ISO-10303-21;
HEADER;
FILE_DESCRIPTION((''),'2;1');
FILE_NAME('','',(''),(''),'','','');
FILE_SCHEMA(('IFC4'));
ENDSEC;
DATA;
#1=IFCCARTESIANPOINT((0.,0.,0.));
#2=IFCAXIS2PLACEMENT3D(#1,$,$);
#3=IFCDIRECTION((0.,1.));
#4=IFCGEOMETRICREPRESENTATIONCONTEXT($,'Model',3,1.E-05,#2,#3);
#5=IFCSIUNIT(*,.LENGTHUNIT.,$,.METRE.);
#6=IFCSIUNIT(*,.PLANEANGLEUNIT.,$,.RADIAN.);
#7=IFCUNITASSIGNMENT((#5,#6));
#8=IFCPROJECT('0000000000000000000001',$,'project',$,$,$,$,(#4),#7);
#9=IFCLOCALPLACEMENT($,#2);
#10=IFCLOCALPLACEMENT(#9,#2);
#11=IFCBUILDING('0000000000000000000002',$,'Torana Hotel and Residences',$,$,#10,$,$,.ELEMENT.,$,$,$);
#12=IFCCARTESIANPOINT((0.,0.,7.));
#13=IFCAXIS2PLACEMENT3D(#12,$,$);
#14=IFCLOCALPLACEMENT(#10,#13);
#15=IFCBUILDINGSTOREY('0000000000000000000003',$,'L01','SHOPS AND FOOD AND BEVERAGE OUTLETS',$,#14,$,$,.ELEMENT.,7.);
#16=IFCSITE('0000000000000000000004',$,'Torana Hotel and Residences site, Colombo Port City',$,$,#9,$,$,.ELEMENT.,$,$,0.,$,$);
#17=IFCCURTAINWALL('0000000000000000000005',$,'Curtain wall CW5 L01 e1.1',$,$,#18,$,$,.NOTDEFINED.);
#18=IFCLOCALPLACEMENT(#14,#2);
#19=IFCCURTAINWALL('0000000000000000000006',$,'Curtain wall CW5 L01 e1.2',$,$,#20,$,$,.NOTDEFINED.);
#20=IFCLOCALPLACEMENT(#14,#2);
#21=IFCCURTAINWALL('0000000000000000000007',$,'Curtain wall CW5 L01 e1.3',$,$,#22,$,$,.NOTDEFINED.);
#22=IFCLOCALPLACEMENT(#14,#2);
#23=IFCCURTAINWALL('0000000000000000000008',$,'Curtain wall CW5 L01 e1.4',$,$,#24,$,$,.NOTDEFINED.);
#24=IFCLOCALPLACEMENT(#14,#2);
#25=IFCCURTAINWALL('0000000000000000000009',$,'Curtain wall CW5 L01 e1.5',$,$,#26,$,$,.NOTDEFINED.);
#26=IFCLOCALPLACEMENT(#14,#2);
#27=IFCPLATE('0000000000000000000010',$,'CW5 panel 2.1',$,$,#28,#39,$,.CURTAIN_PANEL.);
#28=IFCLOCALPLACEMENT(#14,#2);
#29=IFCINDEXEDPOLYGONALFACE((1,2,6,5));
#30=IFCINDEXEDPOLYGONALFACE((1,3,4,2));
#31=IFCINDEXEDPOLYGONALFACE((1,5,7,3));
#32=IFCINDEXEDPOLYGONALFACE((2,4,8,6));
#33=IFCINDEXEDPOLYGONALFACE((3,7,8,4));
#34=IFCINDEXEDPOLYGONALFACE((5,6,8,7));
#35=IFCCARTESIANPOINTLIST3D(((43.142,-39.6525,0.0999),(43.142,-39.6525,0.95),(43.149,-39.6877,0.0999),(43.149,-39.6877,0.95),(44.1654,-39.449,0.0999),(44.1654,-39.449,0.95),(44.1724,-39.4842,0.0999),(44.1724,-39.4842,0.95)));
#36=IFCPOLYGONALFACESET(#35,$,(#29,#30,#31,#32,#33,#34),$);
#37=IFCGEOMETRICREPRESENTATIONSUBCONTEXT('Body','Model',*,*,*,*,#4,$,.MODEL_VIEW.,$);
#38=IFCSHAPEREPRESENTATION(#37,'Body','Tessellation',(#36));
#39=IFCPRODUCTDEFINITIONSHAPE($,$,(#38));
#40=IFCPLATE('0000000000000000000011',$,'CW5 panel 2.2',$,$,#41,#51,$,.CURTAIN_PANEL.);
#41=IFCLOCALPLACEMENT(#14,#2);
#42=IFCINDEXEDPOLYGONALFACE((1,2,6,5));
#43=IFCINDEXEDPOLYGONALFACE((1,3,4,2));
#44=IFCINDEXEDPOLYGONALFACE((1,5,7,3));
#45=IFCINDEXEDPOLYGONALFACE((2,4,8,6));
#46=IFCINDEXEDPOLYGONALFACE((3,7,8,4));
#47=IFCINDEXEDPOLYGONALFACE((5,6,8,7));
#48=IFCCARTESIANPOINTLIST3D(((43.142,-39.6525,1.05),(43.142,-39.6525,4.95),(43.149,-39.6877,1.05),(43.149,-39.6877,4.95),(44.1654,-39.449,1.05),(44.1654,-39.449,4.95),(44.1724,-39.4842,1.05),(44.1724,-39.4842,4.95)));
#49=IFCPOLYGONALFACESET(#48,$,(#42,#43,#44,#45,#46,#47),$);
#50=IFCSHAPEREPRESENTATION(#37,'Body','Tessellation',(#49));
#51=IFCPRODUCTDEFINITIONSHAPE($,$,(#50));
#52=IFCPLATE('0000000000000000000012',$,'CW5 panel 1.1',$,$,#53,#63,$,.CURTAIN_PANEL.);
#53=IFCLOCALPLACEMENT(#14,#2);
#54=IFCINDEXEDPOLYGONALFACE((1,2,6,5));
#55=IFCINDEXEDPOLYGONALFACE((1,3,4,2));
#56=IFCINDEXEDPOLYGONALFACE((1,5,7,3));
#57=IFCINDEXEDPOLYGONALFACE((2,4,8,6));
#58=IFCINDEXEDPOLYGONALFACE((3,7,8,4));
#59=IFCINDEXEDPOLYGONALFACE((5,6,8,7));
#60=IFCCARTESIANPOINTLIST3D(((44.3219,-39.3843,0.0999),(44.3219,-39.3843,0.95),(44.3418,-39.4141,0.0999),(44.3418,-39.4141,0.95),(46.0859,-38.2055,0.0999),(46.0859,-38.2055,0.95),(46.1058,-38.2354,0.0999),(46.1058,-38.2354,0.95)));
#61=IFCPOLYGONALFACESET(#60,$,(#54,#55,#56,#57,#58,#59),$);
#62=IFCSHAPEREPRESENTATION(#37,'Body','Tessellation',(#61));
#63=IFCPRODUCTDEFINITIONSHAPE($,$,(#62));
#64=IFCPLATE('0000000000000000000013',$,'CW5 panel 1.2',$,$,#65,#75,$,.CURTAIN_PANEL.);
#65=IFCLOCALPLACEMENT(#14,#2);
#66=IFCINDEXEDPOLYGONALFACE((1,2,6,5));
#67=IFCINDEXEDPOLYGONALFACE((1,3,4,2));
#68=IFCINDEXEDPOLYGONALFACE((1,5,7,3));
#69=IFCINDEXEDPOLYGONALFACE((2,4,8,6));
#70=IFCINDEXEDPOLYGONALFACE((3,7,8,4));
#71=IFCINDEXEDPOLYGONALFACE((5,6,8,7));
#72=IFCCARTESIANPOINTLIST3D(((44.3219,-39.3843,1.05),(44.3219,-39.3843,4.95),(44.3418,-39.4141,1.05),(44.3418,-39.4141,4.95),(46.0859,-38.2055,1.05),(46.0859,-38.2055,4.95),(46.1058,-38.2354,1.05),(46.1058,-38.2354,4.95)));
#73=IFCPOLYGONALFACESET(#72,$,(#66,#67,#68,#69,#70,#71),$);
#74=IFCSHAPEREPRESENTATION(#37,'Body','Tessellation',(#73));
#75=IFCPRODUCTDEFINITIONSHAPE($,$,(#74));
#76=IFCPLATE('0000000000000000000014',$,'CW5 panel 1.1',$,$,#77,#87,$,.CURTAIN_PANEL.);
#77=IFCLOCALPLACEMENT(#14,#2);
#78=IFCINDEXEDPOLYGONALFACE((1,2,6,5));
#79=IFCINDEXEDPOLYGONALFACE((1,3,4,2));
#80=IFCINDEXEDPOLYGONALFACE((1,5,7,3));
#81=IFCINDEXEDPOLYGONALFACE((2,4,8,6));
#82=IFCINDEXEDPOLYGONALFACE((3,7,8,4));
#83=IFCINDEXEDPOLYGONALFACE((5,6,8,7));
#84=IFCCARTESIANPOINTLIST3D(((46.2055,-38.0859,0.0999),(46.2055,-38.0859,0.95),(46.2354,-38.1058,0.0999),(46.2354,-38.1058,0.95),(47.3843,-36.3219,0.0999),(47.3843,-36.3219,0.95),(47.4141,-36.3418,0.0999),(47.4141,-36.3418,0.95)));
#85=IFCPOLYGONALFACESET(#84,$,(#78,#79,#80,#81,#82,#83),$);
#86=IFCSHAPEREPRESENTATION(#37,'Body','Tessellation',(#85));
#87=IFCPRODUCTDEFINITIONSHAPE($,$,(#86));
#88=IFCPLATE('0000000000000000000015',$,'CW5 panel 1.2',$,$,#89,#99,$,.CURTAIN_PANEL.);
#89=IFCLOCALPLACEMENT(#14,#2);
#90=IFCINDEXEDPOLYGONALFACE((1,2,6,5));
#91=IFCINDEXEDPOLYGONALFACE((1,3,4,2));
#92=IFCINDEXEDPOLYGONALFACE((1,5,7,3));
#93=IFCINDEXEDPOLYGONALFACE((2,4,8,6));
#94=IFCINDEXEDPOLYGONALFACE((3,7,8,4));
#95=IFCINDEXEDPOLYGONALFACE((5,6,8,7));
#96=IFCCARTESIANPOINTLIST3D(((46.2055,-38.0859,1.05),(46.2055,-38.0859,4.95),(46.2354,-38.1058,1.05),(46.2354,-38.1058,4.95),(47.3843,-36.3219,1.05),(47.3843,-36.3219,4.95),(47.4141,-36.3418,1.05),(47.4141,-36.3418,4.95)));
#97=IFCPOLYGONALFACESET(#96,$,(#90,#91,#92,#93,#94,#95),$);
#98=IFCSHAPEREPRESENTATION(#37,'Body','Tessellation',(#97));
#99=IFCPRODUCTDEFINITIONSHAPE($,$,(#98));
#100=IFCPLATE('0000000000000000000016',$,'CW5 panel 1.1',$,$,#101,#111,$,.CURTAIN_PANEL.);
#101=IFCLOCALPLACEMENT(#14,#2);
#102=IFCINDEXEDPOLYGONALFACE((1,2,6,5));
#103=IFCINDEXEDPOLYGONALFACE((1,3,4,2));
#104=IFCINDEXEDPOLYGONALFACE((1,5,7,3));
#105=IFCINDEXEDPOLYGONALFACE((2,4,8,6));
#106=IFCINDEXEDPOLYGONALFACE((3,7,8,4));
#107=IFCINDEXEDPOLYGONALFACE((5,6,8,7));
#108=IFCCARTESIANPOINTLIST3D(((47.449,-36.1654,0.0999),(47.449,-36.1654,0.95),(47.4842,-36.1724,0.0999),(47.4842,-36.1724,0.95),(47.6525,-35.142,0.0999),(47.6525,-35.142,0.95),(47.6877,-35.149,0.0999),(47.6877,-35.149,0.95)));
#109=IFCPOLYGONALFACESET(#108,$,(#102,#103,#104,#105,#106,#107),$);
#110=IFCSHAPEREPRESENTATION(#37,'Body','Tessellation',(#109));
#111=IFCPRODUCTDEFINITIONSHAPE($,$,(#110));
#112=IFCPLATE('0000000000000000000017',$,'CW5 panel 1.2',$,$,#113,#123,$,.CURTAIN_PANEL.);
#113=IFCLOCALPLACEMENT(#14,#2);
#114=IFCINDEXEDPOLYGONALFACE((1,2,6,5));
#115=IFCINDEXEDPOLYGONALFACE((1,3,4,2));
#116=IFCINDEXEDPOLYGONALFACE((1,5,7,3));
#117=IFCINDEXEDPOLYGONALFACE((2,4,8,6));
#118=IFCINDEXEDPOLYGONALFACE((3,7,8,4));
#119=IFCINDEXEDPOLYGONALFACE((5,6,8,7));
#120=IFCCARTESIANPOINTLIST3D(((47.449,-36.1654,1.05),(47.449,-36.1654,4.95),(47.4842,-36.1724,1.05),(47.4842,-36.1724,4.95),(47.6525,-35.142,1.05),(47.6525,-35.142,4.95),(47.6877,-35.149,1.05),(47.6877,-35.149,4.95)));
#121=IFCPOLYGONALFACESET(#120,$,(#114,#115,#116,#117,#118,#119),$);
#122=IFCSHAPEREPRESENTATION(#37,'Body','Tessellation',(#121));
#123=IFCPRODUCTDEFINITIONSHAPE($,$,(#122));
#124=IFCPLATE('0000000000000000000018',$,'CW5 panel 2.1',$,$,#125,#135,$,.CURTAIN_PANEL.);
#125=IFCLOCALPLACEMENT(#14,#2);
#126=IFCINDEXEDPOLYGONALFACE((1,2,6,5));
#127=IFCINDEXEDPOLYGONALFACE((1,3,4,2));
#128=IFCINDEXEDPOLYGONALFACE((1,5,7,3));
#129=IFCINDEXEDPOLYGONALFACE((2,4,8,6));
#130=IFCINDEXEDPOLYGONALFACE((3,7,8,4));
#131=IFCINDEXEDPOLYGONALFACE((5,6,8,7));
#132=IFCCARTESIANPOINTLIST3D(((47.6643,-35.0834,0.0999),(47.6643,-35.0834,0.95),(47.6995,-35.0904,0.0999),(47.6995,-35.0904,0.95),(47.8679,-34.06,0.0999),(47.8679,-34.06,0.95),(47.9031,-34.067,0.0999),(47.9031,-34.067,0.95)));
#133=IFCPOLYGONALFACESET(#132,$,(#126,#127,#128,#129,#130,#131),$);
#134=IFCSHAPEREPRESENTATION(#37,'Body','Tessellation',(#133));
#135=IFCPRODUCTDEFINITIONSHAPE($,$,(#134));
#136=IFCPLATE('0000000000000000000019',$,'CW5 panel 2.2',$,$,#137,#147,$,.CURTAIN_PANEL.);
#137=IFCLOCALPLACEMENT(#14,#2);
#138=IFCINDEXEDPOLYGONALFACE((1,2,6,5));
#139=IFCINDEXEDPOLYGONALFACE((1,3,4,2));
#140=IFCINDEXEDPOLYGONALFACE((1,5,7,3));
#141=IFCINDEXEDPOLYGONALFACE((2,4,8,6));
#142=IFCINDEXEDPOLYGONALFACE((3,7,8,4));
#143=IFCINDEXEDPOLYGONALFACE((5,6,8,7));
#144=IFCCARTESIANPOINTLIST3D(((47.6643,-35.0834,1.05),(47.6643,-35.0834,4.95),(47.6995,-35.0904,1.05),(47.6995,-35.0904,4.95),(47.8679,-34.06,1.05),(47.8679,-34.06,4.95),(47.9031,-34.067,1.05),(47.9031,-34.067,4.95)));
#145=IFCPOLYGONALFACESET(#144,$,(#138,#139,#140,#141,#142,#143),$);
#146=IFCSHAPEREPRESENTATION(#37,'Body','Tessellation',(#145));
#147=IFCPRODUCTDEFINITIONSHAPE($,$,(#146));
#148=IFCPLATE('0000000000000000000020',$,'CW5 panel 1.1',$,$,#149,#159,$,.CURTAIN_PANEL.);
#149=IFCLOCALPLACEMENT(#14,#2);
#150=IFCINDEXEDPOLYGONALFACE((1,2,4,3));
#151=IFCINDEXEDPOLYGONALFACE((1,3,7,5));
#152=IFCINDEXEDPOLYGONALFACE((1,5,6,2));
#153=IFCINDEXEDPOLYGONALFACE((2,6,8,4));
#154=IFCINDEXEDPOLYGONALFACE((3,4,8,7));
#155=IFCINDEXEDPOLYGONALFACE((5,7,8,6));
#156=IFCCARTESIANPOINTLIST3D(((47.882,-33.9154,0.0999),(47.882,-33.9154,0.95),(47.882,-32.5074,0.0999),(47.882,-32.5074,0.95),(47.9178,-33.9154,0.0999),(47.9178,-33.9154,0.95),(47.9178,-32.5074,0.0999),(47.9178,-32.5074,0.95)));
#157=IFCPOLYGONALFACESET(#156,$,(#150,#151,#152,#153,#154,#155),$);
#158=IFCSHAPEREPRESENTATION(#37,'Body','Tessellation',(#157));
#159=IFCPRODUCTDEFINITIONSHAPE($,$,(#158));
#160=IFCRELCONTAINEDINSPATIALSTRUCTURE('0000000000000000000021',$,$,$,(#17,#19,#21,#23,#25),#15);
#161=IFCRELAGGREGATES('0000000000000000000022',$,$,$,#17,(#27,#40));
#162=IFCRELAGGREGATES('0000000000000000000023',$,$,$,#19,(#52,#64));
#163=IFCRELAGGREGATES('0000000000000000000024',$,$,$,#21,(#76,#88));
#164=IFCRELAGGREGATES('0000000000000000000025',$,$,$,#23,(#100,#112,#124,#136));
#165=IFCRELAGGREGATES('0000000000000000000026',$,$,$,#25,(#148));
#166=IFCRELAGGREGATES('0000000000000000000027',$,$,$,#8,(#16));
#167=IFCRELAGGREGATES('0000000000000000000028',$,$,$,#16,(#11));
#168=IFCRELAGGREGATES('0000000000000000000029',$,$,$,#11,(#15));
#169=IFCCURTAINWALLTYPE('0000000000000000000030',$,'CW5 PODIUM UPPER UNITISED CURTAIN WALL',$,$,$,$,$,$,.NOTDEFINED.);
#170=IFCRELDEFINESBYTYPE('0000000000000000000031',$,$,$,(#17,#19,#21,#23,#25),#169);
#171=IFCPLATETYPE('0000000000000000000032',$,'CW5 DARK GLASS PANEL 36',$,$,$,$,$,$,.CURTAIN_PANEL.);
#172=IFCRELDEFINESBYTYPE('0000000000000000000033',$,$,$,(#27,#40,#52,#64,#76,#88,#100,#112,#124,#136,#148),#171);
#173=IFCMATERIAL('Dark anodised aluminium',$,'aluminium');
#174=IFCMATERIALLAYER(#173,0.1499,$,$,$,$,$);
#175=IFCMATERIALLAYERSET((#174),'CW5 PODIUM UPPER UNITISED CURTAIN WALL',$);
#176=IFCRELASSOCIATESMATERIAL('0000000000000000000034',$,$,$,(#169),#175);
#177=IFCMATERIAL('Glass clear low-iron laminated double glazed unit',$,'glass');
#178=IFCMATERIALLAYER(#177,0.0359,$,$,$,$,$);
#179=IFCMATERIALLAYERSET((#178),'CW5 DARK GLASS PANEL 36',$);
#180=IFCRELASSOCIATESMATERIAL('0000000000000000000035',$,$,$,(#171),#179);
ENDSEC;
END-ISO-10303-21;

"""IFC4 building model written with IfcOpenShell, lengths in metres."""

from ifc_helpers import new_model, si_unit, direction, frame, origin, origin_2d, place, context, subcontext, project, spatial, rectangle, extrude, material, layer, layer_set, type_object, element, aggregate, save


model = new_model("IFC4")

# Units and contexts
model_context = context("Model", 3, precision=1e-05, world=origin(), true_north=direction((0.0, 1.0)))
body_context = subcontext(model_context, "Body", "Model", "MODEL_VIEW")
ifc_project = project(units=[si_unit("LENGTHUNIT", "METRE"), si_unit("PLANEANGLEUNIT", "RADIAN")], contexts=[model_context])

# Site, building, storey
site_placement = place(None, origin())
site = spatial("IfcSite", under=ifc_project, at=site_placement, Name="Torana Hotel and Residences site, Colombo Port City", CompositionType="ELEMENT", RefElevation=0.0)
building_placement = place(site_placement, origin())
building = spatial("IfcBuilding", under=site, at=building_placement, Name="Torana Hotel and Residences", CompositionType="ELEMENT")
storey_placement = place(building_placement, frame((0.0, 0.0, 7.0)))
storey = spatial("IfcBuildingStorey", under=building, at=storey_placement, Name="L01", Description="SHOPS AND FOOD AND BEVERAGE OUTLETS", CompositionType="ELEMENT", Elevation=7.0)

# Curtain wall
ifc_material_1 = material(Name="Dark anodised aluminium", Category="aluminium")
ifc_layer_1 = layer(ifc_material_1, 0.1499)
ifc_layer_set_1 = layer_set([ifc_layer_1], Name="CW5 PODIUM UPPER UNITISED CURTAIN WALL")
curtain_wall_type = type_object("IfcCurtainWallType", Name="CW5 PODIUM UPPER UNITISED CURTAIN WALL", PredefinedType="NOTDEFINED", material=ifc_layer_set_1)
curtain_wall_1_placement = place(storey_placement, origin())
curtain_wall_1 = element("IfcCurtainWall", 1, at=curtain_wall_1_placement, inside=storey, type_object=curtain_wall_type, Name="Curtain wall CW5 L01 e1.1", PredefinedType="NOTDEFINED")

# Curtain walls
curtain_wall_2_placement = place(storey_placement, origin())
curtain_wall_2 = element("IfcCurtainWall", 2, at=curtain_wall_2_placement, inside=storey, type_object=curtain_wall_type, Name="Curtain wall CW5 L01 e1.2", PredefinedType="NOTDEFINED")
curtain_wall_3_placement = place(storey_placement, origin())
curtain_wall_3 = element("IfcCurtainWall", 3, at=curtain_wall_3_placement, inside=storey, type_object=curtain_wall_type, Name="Curtain wall CW5 L01 e1.3", PredefinedType="NOTDEFINED")
curtain_wall_4_placement = place(storey_placement, origin())
curtain_wall_4 = element("IfcCurtainWall", 4, at=curtain_wall_4_placement, inside=storey, type_object=curtain_wall_type, Name="Curtain wall CW5 L01 e1.4", PredefinedType="NOTDEFINED")

# Curtain wall
curtain_wall_5_placement = place(storey_placement, origin())
curtain_wall_5 = element("IfcCurtainWall", 5, at=curtain_wall_5_placement, inside=storey, type_object=curtain_wall_type, Name="Curtain wall CW5 L01 e1.5", PredefinedType="NOTDEFINED")

# Plates
ifc_material_2 = material(Name="Glass clear low-iron laminated double glazed unit", Category="glass")
ifc_layer_2 = layer(ifc_material_2, 0.0359)
ifc_layer_set_2 = layer_set([ifc_layer_2], Name="CW5 DARK GLASS PANEL 36")
plate_type = type_object("IfcPlateType", Name="CW5 DARK GLASS PANEL 36", PredefinedType="CURTAIN_PANEL", material=ifc_layer_set_2)
plate_1_placement = place(storey_placement, frame((43.6572, -39.5684, 0.0999), z_axis=(0.0, 0.0, 1.0), x_axis=(0.980787, 0.195081, 0.0)))
plate_1 = element("IfcPlate", 6, at=plate_1_placement, type_object=plate_type, Name="CW5 panel 2.1", PredefinedType="CURTAIN_PANEL", context=body_context, shape_type="SweptSolid", body=[
    extrude(rectangle(XDim=1.0435, YDim=0.0359, at=origin_2d()), origin(), (0.0, 0.0, 1.0), 0.8501),
])
plate_2_placement = place(storey_placement, frame((43.6572, -39.5684, 1.05), z_axis=(0.0, 0.0, 1.0), x_axis=(0.980787, 0.195081, 0.0)))
plate_2 = element("IfcPlate", 7, at=plate_2_placement, type_object=plate_type, Name="CW5 panel 2.2", PredefinedType="CURTAIN_PANEL", context=body_context, shape_type="SweptSolid", body=[
    extrude(rectangle(XDim=1.0435, YDim=0.0359, at=origin_2d()), origin(), (0.0, 0.0, 1.0), 3.8999),
])
aggregate(curtain_wall_1, [plate_1, plate_2])
plate_3_placement = place(storey_placement, frame((45.2139, -38.8098, 0.0999), z_axis=(0.0, 0.0, 1.0), x_axis=(0.83146, 0.555585, 0.0)))
plate_3 = element("IfcPlate", 8, at=plate_3_placement, type_object=plate_type, Name="CW5 panel 1.1", PredefinedType="CURTAIN_PANEL", context=body_context, shape_type="SweptSolid", body=[
    extrude(rectangle(XDim=2.1216, YDim=0.0359, at=origin_2d()), origin(), (0.0, 0.0, 1.0), 0.8501),
])
plate_4_placement = place(storey_placement, frame((45.2139, -38.8098, 1.05), z_axis=(0.0, 0.0, 1.0), x_axis=(0.83146, 0.555585, 0.0)))
plate_4 = element("IfcPlate", 9, at=plate_4_placement, type_object=plate_type, Name="CW5 panel 1.2", PredefinedType="CURTAIN_PANEL", context=body_context, shape_type="SweptSolid", body=[
    extrude(rectangle(XDim=2.1216, YDim=0.0359, at=origin_2d()), origin(), (0.0, 0.0, 1.0), 3.8999),
])
aggregate(curtain_wall_2, [plate_3, plate_4])
plate_5_placement = place(storey_placement, frame((46.8098, -37.2139, 0.0999), z_axis=(0.0, 0.0, 1.0), x_axis=(0.555585, 0.83146, 0.0)))
plate_5 = element("IfcPlate", 10, at=plate_5_placement, type_object=plate_type, Name="CW5 panel 1.1", PredefinedType="CURTAIN_PANEL", context=body_context, shape_type="SweptSolid", body=[
    extrude(rectangle(XDim=2.1216, YDim=0.0359, at=origin_2d()), origin(), (0.0, 0.0, 1.0), 0.8501),
])
plate_6_placement = place(storey_placement, frame((46.8098, -37.2139, 1.05), z_axis=(0.0, 0.0, 1.0), x_axis=(0.555585, 0.83146, 0.0)))
plate_6 = element("IfcPlate", 11, at=plate_6_placement, type_object=plate_type, Name="CW5 panel 1.2", PredefinedType="CURTAIN_PANEL", context=body_context, shape_type="SweptSolid", body=[
    extrude(rectangle(XDim=2.1216, YDim=0.0359, at=origin_2d()), origin(), (0.0, 0.0, 1.0), 3.8999),
])
aggregate(curtain_wall_3, [plate_5, plate_6])
plate_7_placement = place(storey_placement, frame((47.5684, -35.6572, 0.0999), z_axis=(0.0, 0.0, 1.0), x_axis=(0.195081, 0.980787, 0.0)))
plate_7 = element("IfcPlate", 12, at=plate_7_placement, type_object=plate_type, Name="CW5 panel 1.1", PredefinedType="CURTAIN_PANEL", context=body_context, shape_type="SweptSolid", body=[
    extrude(rectangle(XDim=1.0435, YDim=0.0359, at=origin_2d()), origin(), (0.0, 0.0, 1.0), 0.8501),
])
plate_8_placement = place(storey_placement, frame((47.5684, -35.6572, 1.05), z_axis=(0.0, 0.0, 1.0), x_axis=(0.195081, 0.980787, 0.0)))
plate_8 = element("IfcPlate", 13, at=plate_8_placement, type_object=plate_type, Name="CW5 panel 1.2", PredefinedType="CURTAIN_PANEL", context=body_context, shape_type="SweptSolid", body=[
    extrude(rectangle(XDim=1.0435, YDim=0.0359, at=origin_2d()), origin(), (0.0, 0.0, 1.0), 3.8999),
])
plate_9_placement = place(storey_placement, frame((47.7837, -34.5752, 0.0999), z_axis=(0.0, 0.0, 1.0), x_axis=(0.195081, 0.980787, 0.0)))
plate_9 = element("IfcPlate", 14, at=plate_9_placement, type_object=plate_type, Name="CW5 panel 2.1", PredefinedType="CURTAIN_PANEL", context=body_context, shape_type="SweptSolid", body=[
    extrude(rectangle(XDim=1.0435, YDim=0.0359, at=origin_2d()), origin(), (0.0, 0.0, 1.0), 0.8501),
])
plate_10_placement = place(storey_placement, frame((47.7837, -34.5752, 1.05), z_axis=(0.0, 0.0, 1.0), x_axis=(0.195081, 0.980787, 0.0)))
plate_10 = element("IfcPlate", 15, at=plate_10_placement, type_object=plate_type, Name="CW5 panel 2.2", PredefinedType="CURTAIN_PANEL", context=body_context, shape_type="SweptSolid", body=[
    extrude(rectangle(XDim=1.0435, YDim=0.0359, at=origin_2d()), origin(), (0.0, 0.0, 1.0), 3.8999),
])
aggregate(curtain_wall_4, [plate_7, plate_8, plate_9, plate_10])
plate_11_placement = place(storey_placement, frame((47.8999, -33.2114, 0.0999), z_axis=(0.0, 0.0, 1.0), x_axis=(0.0, 1.0, 0.0)))
plate_11 = element("IfcPlate", 16, at=plate_11_placement, type_object=plate_type, Name="CW5 panel 1.1", PredefinedType="CURTAIN_PANEL", context=body_context, shape_type="SweptSolid", body=[
    extrude(rectangle(XDim=1.408, YDim=0.0359, at=origin_2d()), origin(), (0.0, 0.0, 1.0), 0.8501),
])
aggregate(curtain_wall_5, [plate_11])

save(model, "model.ifc")
